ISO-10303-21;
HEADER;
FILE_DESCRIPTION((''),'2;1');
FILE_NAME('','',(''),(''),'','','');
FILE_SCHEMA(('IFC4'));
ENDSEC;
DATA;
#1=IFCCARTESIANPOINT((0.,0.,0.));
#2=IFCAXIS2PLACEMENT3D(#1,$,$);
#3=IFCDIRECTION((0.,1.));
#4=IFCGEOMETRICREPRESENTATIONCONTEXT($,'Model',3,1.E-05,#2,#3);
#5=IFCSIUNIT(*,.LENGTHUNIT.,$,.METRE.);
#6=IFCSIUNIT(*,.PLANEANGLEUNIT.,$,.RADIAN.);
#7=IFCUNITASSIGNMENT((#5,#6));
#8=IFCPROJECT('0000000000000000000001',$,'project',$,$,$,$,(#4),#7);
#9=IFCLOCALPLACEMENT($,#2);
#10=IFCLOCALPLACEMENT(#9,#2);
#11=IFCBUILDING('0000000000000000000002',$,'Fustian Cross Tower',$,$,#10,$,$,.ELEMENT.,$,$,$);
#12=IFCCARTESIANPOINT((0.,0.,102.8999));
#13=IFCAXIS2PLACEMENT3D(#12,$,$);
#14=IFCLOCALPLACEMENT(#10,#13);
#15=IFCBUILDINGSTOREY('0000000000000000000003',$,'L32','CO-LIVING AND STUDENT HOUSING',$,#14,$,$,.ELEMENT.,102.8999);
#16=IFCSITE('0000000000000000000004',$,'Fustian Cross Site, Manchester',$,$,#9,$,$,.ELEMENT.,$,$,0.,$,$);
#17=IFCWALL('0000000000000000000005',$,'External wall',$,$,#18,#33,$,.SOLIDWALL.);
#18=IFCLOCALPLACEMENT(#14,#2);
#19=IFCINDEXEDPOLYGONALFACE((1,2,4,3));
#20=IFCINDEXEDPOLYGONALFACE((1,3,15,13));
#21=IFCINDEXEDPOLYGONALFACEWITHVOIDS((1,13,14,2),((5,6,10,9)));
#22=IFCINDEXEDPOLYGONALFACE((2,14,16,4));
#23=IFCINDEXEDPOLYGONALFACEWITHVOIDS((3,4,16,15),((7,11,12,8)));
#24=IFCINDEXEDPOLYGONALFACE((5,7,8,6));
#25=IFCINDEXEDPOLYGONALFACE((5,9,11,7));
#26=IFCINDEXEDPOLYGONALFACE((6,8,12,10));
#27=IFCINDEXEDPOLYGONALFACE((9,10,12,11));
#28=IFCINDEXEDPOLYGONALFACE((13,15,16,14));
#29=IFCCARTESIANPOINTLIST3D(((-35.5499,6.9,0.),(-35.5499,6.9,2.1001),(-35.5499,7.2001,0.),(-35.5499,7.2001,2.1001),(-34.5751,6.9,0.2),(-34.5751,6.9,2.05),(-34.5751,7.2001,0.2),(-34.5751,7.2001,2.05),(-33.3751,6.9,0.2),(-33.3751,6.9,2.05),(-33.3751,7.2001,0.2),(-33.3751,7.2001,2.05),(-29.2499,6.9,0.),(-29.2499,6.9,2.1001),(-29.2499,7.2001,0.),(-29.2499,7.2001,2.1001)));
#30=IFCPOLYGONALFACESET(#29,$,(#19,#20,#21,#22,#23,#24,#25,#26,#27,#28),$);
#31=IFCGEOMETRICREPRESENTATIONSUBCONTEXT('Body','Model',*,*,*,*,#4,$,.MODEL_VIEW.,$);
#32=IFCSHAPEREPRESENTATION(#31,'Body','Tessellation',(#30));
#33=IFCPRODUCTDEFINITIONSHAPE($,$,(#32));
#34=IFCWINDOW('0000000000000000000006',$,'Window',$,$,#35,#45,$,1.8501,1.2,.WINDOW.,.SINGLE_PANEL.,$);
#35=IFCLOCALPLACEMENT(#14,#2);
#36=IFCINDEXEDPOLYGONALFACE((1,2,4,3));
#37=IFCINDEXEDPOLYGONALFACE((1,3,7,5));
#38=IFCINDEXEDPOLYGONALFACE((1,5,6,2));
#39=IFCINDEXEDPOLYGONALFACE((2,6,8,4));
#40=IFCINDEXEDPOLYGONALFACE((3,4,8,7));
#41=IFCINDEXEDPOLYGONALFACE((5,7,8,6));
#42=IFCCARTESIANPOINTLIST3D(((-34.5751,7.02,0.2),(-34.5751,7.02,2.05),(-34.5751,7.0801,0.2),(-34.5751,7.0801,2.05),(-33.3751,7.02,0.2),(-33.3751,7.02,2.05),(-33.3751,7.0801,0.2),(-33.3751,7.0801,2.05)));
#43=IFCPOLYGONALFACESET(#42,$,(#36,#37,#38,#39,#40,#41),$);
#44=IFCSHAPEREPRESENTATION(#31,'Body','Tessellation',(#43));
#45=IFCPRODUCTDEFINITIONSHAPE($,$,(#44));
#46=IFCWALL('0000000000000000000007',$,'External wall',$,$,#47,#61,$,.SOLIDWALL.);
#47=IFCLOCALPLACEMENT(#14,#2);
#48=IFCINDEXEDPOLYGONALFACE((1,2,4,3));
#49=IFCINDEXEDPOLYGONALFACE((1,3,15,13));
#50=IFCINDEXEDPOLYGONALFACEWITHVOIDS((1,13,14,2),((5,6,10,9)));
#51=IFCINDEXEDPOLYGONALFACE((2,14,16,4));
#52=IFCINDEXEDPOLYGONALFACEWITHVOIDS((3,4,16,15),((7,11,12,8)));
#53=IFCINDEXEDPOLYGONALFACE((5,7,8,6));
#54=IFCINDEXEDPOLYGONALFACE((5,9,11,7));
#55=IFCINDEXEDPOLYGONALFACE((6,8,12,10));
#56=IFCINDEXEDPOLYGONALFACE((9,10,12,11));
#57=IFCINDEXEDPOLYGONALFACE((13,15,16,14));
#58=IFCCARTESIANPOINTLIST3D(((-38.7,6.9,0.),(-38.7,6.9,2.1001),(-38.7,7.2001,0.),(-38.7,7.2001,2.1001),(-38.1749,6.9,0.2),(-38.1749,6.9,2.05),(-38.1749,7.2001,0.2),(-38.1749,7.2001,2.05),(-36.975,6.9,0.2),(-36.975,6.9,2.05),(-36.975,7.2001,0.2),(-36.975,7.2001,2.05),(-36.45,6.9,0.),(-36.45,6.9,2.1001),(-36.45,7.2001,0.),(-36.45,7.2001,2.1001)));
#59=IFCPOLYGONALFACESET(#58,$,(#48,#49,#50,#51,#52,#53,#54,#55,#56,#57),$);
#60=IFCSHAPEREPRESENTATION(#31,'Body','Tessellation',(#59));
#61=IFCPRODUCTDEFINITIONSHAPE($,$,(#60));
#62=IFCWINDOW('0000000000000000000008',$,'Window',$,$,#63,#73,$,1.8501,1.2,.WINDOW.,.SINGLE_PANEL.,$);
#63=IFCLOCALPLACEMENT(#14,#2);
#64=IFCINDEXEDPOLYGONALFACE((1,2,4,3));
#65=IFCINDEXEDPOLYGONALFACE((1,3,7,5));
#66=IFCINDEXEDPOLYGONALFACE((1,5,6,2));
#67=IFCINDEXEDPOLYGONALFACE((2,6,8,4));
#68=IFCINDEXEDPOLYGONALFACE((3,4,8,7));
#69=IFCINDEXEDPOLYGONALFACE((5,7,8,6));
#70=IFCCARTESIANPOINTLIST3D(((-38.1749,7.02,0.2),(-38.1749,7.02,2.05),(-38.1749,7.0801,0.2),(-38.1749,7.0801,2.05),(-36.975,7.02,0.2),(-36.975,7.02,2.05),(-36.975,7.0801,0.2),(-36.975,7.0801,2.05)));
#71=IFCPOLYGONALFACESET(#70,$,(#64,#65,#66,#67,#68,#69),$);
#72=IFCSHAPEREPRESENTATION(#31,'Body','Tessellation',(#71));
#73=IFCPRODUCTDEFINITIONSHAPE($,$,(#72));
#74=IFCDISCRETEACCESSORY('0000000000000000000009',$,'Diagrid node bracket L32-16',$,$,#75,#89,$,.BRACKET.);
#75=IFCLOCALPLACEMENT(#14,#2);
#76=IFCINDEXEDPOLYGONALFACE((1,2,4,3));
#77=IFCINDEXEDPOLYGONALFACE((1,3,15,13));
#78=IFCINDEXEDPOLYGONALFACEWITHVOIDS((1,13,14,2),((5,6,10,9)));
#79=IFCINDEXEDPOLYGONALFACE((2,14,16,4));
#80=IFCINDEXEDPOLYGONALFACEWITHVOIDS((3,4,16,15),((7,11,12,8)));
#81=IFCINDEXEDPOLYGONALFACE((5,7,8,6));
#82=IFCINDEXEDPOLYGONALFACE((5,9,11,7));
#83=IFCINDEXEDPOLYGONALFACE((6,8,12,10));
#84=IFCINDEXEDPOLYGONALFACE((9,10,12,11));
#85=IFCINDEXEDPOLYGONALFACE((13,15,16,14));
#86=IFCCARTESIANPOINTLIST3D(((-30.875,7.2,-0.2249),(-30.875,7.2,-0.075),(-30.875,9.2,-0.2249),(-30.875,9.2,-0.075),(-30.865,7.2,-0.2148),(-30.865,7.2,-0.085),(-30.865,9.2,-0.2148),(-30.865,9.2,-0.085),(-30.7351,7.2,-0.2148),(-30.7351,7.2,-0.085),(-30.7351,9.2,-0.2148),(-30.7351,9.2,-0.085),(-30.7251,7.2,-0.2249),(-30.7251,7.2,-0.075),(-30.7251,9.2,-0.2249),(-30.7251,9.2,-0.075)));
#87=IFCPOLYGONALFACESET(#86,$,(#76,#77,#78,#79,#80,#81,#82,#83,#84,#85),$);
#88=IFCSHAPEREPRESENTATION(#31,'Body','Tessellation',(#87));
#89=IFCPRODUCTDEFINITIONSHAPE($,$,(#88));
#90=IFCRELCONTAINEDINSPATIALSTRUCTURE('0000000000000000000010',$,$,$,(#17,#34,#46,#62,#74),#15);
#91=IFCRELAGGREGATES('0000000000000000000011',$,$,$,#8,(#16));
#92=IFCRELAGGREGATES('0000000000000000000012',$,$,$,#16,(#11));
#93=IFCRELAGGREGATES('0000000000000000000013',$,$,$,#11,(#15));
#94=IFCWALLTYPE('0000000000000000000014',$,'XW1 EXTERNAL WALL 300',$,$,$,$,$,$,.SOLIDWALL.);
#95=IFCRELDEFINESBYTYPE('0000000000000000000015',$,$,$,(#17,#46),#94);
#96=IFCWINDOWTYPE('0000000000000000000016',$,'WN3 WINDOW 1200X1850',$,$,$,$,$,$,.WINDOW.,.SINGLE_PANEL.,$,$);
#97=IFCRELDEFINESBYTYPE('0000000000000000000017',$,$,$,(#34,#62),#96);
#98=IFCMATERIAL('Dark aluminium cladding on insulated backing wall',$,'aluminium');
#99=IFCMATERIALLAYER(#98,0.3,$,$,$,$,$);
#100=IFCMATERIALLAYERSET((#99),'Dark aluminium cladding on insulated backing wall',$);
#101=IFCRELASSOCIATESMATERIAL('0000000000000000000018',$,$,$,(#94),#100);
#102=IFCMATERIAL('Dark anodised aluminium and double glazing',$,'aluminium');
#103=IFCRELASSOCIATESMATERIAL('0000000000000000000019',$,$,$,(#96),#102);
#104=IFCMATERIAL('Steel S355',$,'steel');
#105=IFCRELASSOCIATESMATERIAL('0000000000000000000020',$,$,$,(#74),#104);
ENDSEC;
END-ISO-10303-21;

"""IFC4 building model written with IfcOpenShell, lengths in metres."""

from ifc_helpers import new_model, si_unit, direction, frame, frame_2d, origin, origin_2d, place, context, subcontext, project, spatial, rectangle, hollow_rectangle, extrude, material, layer, layer_set, type_object, element, fill, save


model = new_model("IFC4")

# Units and contexts
model_context = context("Model", 3, precision=1e-05, world=origin(), true_north=direction((0.0, 1.0)))
body_context = subcontext(model_context, "Body", "Model", "MODEL_VIEW")
ifc_project = project(units=[si_unit("LENGTHUNIT", "METRE"), si_unit("PLANEANGLEUNIT", "RADIAN")], contexts=[model_context])

# Site, building, storey
site_placement = place(None, origin())
site = spatial("IfcSite", under=ifc_project, at=site_placement, Name="Fustian Cross Site, Manchester", CompositionType="ELEMENT", RefElevation=0.0)
building_placement = place(site_placement, origin())
building = spatial("IfcBuilding", under=site, at=building_placement, Name="Fustian Cross Tower", CompositionType="ELEMENT")
storey_placement = place(building_placement, frame((0.0, 0.0, 102.8999)))
storey = spatial("IfcBuildingStorey", under=building, at=storey_placement, Name="L32", Description="CO-LIVING AND STUDENT HOUSING", CompositionType="ELEMENT", Elevation=102.8999)

# Walls, openings, windows
ifc_material_1 = material(Name="Dark aluminium cladding on insulated backing wall", Category="aluminium")
ifc_layer_1 = layer(ifc_material_1, 0.3)
ifc_layer_set_1 = layer_set([ifc_layer_1], Name="Dark aluminium cladding on insulated backing wall")
wall_type_1 = type_object("IfcWallType", Name="XW1 EXTERNAL WALL 300", PredefinedType="SOLIDWALL", material=ifc_layer_set_1)
wall_1_placement = place(storey_placement, frame((-29.25, 7.05, 0.0), z_axis=(0.0, 0.0, 1.0), x_axis=(-1.0, 0.0, 0.0)))
wall_1 = element("IfcWall", 1, at=wall_1_placement, inside=storey, type_object=wall_type_1, Name="External wall", PredefinedType="SOLIDWALL", context=body_context, shape_type="SweptSolid", body=[
    extrude(rectangle(XDim=6.3, YDim=0.3, at=frame_2d((3.1499, 0.0))), origin(), (0.0, 0.0, 1.0), 2.1001),
])
opening_1_placement = place(wall_1_placement, frame((4.125, 0.0, 0.2)))
opening_1 = element("IfcOpeningElement", 2, at=opening_1_placement, cuts=wall_1, PredefinedType="OPENING", context=body_context, shape_type="SweptSolid", body=[
    extrude(rectangle(XDim=1.2, YDim=1.8501, at=frame_2d((0.6001, 0.925))), frame((0.0, 0.1599, 0.0), z_axis=(0.0, -1.0, 0.0), x_axis=(1.0, 0.0, 0.0)), (0.0, 0.0, 1.0), 0.3201),
])
ifc_material_2 = material(Name="Dark anodised aluminium and double glazing", Category="aluminium")
window_type = type_object("IfcWindowType", Name="WN3 WINDOW 1200X1850", PartitioningType="SINGLE_PANEL", PredefinedType="WINDOW", material=ifc_material_2)
window_1_placement = place(opening_1_placement, origin())
window_1 = element("IfcWindow", 3, at=window_1_placement, inside=storey, type_object=window_type, Name="Window", OverallHeight=1.8501, OverallWidth=1.2, PartitioningType="SINGLE_PANEL", PredefinedType="WINDOW", context=body_context, shape_type="SweptSolid", body=[
    extrude(rectangle(XDim=1.2, YDim=1.8501, at=frame_2d((0.6001, 0.925))), frame((0.0, 0.03, 0.0), z_axis=(0.0, -1.0, 0.0), x_axis=(1.0, 0.0, 0.0)), (0.0, 0.0, 1.0), 0.0601),
])
fill(opening_1, window_1)
wall_2_placement = place(storey_placement, frame((-36.45, 7.05, 0.0), z_axis=(0.0, 0.0, 1.0), x_axis=(-1.0, 0.0, 0.0)))
wall_2 = element("IfcWall", 4, at=wall_2_placement, inside=storey, type_object=wall_type_1, Name="External wall", PredefinedType="SOLIDWALL", context=body_context, shape_type="SweptSolid", body=[
    extrude(rectangle(XDim=2.25, YDim=0.3, at=frame_2d((1.125, 0.0))), origin(), (0.0, 0.0, 1.0), 2.1001),
])
opening_2_placement = place(wall_2_placement, frame((0.5249, 0.0, 0.2)))
opening_2 = element("IfcOpeningElement", 5, at=opening_2_placement, cuts=wall_2, PredefinedType="OPENING", context=body_context, shape_type="SweptSolid", body=[
    extrude(rectangle(XDim=1.2, YDim=1.8501, at=frame_2d((0.6001, 0.925))), frame((0.0, 0.1599, 0.0), z_axis=(0.0, -1.0, 0.0), x_axis=(1.0, 0.0, 0.0)), (0.0, 0.0, 1.0), 0.3201),
])
window_2_placement = place(opening_2_placement, origin())
window_2 = element("IfcWindow", 6, at=window_2_placement, inside=storey, type_object=window_type, Name="Window", OverallHeight=1.8501, OverallWidth=1.2, PartitioningType="SINGLE_PANEL", PredefinedType="WINDOW", context=body_context, shape_type="SweptSolid", body=[
    extrude(rectangle(XDim=1.2, YDim=1.8501, at=frame_2d((0.6001, 0.925))), frame((0.0, 0.03, 0.0), z_axis=(0.0, -1.0, 0.0), x_axis=(1.0, 0.0, 0.0)), (0.0, 0.0, 1.0), 0.0601),
])
fill(opening_2, window_2)

# Discrete accessory
ifc_material_3 = material(Name="Steel S355", Category="steel")
discrete_accessory_placement = place(storey_placement, frame((-30.8, 9.2, -0.1499), z_axis=(0.0, -1.0, 0.0), x_axis=(1.0, 0.0, 0.0)))
element("IfcDiscreteAccessory", 7, at=discrete_accessory_placement, inside=storey, material=ifc_material_3, Name="Diagrid node bracket L32-16", PredefinedType="BRACKET", context=body_context, shape_type="SweptSolid", body=[
    extrude(hollow_rectangle(XDim=0.1499, YDim=0.1499, WallThickness=0.01, at=origin_2d()), origin(), (0.0, 0.0, 1.0), 2.0),
])

save(model, "model.ifc")
